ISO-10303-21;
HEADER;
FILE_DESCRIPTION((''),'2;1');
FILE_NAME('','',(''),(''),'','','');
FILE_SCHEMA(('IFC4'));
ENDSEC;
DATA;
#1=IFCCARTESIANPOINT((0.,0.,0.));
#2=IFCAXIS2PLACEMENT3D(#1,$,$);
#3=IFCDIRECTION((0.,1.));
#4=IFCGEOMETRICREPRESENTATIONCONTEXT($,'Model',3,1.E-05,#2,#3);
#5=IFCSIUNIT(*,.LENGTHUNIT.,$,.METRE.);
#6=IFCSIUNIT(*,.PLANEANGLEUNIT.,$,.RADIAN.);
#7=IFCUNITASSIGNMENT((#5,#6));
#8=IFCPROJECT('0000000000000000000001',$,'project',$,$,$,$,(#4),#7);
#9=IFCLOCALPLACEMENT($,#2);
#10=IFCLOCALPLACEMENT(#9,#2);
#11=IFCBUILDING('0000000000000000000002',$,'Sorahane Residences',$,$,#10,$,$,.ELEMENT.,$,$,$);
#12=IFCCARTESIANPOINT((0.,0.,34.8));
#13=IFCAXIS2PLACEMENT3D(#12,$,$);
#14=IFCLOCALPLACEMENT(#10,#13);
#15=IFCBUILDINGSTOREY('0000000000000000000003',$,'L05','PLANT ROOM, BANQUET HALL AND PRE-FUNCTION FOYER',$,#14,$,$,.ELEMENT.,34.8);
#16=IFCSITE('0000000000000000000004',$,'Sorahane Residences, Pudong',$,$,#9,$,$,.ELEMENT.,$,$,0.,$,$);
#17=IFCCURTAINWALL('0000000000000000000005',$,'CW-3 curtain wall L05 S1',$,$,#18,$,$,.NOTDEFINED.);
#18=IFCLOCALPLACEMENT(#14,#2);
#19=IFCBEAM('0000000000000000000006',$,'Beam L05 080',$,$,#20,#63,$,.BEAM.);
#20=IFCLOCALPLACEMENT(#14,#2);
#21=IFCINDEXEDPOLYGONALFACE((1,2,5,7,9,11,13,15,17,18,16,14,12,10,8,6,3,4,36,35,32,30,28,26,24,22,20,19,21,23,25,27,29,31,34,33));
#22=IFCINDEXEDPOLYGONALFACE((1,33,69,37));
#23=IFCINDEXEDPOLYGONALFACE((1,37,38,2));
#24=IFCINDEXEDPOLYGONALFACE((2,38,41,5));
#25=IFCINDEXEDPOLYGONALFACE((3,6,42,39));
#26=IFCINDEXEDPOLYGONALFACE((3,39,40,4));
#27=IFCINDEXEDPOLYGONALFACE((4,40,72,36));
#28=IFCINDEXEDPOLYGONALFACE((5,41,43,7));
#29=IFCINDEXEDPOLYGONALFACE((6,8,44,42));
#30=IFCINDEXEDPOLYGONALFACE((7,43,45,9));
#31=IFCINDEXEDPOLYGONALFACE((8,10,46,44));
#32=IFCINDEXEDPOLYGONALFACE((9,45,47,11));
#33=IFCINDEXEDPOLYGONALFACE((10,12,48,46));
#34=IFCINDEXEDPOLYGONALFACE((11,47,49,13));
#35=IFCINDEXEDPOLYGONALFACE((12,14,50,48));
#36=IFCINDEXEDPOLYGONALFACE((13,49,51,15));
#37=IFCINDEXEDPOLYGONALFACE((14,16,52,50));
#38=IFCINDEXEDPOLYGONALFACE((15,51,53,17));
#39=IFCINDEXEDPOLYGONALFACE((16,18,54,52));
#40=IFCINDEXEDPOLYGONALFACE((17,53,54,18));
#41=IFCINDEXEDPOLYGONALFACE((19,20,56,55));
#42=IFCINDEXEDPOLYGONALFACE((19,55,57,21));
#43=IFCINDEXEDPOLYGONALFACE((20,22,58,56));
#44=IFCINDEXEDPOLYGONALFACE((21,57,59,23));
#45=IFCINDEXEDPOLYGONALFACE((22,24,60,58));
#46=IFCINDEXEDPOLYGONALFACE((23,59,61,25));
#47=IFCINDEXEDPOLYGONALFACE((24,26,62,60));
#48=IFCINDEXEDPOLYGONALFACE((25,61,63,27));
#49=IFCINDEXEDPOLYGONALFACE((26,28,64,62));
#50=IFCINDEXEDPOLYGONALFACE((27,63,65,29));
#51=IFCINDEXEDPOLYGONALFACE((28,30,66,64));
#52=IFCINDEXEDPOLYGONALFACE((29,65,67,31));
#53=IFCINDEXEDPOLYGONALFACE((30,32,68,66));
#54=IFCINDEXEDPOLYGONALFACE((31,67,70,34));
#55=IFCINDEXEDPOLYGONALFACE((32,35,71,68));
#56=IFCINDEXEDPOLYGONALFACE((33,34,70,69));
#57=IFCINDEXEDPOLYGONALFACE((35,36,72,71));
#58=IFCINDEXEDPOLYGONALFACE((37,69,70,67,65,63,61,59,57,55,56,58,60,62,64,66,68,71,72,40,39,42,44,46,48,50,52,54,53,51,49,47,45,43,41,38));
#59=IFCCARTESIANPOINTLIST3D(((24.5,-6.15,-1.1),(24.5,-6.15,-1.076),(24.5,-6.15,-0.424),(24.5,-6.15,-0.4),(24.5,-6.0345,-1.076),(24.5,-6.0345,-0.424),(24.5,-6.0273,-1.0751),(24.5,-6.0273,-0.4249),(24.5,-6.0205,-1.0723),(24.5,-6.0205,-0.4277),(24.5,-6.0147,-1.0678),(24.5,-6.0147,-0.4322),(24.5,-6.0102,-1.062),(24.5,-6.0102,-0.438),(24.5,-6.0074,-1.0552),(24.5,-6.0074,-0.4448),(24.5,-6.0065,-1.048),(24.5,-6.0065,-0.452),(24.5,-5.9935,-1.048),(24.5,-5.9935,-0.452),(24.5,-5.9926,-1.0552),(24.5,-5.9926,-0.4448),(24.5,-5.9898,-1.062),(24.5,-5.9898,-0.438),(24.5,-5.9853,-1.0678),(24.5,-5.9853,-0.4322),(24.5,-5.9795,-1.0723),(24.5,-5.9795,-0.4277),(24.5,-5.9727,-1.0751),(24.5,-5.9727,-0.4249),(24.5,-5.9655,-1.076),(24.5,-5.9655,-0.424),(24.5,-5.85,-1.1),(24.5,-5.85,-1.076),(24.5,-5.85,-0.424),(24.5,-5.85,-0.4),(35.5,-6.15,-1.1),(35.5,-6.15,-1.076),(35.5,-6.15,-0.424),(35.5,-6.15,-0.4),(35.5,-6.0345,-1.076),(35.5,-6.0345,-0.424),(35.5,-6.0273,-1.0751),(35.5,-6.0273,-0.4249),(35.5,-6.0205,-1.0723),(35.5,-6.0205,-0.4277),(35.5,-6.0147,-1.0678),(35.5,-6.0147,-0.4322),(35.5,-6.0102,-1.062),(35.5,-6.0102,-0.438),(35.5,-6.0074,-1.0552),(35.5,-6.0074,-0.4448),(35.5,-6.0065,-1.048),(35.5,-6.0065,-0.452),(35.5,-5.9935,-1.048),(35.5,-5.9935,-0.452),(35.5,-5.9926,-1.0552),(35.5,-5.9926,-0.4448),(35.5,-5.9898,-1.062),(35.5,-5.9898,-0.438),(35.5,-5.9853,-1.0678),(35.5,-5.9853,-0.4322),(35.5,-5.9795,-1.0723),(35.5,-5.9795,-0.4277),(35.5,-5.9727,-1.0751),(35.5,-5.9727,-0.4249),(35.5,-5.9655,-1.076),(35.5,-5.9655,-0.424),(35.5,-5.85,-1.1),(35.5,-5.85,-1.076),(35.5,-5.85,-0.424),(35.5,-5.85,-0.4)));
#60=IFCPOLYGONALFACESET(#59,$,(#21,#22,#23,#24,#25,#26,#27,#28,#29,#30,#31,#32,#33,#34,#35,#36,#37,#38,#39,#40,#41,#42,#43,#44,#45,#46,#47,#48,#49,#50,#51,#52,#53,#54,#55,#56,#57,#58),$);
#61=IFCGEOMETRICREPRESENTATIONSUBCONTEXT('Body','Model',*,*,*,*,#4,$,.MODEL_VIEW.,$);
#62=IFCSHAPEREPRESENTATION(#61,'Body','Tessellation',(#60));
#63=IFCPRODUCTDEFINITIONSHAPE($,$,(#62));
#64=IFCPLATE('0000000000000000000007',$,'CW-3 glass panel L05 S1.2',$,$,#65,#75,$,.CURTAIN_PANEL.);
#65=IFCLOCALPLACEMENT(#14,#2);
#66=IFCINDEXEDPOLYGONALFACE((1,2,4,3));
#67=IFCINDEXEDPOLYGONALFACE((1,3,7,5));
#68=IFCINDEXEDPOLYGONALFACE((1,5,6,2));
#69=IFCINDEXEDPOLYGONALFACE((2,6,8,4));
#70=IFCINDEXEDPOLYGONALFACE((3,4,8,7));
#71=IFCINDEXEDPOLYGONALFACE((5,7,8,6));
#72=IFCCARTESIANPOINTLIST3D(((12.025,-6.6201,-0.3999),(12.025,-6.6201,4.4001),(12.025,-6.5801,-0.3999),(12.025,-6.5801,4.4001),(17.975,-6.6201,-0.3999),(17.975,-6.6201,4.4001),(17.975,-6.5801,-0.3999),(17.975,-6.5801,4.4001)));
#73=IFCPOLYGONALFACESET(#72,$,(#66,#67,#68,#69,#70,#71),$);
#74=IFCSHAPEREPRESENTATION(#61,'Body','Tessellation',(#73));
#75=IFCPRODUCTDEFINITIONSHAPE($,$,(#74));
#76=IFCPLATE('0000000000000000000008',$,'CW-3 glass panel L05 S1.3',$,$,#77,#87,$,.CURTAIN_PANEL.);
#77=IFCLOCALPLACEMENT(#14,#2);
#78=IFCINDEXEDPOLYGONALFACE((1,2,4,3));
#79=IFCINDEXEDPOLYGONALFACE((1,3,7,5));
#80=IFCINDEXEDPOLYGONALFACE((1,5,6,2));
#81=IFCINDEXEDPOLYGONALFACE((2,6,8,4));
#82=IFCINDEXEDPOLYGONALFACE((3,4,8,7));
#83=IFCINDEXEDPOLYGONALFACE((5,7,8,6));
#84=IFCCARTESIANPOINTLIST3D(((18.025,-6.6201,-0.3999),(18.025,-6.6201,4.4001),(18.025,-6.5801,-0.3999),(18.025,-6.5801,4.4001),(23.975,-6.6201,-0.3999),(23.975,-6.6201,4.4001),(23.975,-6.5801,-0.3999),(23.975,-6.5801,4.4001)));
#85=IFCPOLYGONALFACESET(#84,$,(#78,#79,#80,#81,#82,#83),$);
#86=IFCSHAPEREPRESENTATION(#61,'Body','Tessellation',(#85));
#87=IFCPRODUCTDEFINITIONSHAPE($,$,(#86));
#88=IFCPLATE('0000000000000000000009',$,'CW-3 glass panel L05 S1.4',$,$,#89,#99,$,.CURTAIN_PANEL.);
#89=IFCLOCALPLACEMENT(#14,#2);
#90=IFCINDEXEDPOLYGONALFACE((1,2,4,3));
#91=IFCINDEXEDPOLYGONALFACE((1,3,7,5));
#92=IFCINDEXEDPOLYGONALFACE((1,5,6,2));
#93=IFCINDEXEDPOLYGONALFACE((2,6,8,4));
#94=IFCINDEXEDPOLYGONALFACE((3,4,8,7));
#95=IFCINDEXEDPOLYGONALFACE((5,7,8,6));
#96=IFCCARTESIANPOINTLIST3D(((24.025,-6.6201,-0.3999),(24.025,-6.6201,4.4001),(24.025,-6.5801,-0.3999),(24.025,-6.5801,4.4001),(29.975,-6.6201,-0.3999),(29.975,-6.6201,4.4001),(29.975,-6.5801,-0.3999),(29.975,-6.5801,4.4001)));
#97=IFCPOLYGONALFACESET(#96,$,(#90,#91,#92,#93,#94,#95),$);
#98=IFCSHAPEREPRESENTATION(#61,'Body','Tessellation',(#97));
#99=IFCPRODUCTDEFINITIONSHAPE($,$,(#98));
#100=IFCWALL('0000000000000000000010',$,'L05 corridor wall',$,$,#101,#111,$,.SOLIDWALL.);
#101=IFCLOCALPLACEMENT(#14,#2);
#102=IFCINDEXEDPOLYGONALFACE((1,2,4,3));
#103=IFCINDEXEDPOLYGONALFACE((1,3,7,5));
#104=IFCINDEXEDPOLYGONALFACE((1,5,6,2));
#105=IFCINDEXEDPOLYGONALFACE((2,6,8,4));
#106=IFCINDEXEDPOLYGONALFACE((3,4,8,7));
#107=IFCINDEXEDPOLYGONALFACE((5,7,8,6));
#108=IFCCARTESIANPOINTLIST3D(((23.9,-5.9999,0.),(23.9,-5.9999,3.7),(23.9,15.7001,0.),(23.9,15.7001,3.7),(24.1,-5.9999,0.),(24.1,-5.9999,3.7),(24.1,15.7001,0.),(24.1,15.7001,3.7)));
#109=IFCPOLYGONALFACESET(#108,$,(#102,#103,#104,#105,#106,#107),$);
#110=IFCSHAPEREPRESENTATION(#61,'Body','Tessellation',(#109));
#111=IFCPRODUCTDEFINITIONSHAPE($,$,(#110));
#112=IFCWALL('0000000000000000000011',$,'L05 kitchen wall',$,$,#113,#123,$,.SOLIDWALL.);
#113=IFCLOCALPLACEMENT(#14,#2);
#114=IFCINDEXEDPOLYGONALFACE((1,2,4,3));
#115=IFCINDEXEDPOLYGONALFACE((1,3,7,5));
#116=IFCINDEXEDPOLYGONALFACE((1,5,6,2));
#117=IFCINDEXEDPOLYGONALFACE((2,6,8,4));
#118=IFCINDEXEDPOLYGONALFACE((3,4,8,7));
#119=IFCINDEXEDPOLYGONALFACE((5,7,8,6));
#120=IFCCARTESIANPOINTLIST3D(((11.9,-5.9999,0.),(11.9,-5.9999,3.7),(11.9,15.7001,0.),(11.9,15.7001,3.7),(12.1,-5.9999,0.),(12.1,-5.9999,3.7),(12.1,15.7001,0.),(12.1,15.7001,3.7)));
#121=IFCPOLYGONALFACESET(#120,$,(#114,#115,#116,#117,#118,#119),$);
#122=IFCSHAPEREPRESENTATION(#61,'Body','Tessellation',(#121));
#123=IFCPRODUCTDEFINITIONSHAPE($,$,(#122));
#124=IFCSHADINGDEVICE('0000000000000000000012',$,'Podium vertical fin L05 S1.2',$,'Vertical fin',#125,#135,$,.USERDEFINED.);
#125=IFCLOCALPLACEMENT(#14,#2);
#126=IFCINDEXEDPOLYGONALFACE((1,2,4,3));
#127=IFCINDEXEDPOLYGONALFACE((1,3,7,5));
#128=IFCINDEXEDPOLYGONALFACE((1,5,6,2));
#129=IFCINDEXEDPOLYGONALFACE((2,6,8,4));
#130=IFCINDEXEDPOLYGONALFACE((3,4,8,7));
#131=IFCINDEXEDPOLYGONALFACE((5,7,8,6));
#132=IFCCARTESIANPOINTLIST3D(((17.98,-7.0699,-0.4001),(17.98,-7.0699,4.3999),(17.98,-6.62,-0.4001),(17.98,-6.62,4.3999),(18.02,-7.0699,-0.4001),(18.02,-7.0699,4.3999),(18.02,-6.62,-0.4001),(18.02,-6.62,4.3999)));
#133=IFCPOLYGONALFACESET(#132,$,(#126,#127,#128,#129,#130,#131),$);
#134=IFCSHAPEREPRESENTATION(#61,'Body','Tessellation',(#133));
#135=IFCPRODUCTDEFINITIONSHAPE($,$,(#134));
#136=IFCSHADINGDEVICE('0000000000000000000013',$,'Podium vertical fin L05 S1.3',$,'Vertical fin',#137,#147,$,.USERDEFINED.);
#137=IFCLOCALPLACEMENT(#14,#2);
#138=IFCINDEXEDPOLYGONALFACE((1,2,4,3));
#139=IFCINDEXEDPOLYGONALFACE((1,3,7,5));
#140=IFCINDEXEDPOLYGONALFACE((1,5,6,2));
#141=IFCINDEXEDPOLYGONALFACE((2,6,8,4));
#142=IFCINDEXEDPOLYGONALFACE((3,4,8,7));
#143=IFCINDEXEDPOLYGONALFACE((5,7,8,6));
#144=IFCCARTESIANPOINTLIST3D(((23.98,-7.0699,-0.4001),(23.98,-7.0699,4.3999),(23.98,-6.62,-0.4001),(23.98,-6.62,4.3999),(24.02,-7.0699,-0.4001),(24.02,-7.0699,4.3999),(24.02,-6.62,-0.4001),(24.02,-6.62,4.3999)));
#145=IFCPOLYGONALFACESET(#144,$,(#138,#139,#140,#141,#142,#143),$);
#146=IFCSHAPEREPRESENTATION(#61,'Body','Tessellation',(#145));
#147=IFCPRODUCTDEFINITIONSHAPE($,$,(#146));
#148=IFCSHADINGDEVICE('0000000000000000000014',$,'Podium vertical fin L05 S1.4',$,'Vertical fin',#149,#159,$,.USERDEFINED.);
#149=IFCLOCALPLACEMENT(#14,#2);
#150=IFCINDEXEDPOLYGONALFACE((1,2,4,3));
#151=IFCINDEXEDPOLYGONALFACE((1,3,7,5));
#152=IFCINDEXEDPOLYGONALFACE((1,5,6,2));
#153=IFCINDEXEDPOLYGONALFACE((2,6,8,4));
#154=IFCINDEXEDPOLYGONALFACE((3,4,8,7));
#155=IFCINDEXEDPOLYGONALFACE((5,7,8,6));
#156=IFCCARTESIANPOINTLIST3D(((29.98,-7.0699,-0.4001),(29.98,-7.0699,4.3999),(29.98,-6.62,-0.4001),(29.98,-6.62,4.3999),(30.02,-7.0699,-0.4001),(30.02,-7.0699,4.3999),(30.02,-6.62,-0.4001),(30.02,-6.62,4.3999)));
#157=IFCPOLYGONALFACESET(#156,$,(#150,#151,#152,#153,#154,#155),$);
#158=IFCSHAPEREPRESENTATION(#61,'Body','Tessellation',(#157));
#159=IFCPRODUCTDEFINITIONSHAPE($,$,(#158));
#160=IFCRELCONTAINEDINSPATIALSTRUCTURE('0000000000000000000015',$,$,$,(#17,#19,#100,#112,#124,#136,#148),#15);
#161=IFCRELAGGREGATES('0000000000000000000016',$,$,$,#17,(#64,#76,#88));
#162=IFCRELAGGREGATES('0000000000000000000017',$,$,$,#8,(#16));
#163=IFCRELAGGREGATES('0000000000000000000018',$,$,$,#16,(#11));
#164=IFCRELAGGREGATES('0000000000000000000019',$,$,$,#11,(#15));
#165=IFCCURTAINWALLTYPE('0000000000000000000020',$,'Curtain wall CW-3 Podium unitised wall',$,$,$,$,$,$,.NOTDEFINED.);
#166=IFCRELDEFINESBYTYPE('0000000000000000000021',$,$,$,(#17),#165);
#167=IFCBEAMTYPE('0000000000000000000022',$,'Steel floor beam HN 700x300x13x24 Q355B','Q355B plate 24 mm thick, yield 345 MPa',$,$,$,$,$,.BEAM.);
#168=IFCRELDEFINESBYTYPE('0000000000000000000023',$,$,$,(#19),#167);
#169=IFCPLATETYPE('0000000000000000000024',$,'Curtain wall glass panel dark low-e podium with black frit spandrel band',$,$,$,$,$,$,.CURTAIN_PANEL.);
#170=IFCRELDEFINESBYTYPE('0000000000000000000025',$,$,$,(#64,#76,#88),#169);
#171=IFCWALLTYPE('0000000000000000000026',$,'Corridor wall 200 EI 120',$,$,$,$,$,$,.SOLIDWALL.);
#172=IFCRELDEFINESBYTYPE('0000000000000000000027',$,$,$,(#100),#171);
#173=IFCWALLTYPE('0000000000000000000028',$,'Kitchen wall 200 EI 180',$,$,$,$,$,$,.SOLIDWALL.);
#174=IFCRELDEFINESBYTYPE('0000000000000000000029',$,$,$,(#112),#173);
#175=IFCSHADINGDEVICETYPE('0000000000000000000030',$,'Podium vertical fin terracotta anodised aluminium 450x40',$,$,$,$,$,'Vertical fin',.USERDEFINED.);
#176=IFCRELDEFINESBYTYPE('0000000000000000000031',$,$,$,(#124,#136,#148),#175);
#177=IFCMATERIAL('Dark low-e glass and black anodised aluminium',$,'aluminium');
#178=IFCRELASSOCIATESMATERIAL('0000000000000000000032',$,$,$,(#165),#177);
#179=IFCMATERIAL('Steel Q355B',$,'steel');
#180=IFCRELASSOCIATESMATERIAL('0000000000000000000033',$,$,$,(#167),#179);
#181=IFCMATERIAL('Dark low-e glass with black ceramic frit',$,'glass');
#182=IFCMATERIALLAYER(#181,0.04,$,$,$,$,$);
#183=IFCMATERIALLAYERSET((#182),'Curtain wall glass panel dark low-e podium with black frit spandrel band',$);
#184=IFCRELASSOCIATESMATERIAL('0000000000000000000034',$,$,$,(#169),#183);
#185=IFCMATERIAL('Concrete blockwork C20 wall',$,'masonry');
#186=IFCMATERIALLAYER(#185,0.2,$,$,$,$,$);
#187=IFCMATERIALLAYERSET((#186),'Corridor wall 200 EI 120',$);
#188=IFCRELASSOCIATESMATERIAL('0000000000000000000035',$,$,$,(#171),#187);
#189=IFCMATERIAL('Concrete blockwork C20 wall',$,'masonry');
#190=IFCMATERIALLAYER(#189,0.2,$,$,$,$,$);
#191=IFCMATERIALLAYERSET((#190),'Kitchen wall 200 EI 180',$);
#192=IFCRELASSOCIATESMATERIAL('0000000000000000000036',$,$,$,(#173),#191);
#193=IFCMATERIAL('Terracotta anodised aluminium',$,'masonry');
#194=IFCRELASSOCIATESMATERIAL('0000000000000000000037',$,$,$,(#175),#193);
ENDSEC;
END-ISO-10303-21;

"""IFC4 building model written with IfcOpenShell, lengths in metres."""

from ifc_helpers import new_model, si_unit, direction, frame, frame_2d, origin, origin_2d, place, context, subcontext, project, spatial, rectangle, i_section, extrude, material, layer, layer_set, material_profile, profile_set, type_object, element, aggregate, save


model = new_model("IFC4")

# Units and contexts
model_context = context("Model", 3, precision=1e-05, world=origin(), true_north=direction((0.0, 1.0)))
body_context = subcontext(model_context, "Body", "Model", "MODEL_VIEW")
ifc_project = project(units=[si_unit("LENGTHUNIT", "METRE"), si_unit("PLANEANGLEUNIT", "RADIAN")], contexts=[model_context])

# Site, building, storey
site_placement = place(None, origin())
site = spatial("IfcSite", under=ifc_project, at=site_placement, Name="Sorahane Residences, Pudong", CompositionType="ELEMENT", RefElevation=0.0)
building_placement = place(site_placement, origin())
building = spatial("IfcBuilding", under=site, at=building_placement, Name="Sorahane Residences", CompositionType="ELEMENT")
storey_placement = place(building_placement, frame((0.0, 0.0, 34.8)))
storey = spatial("IfcBuildingStorey", under=building, at=storey_placement, Name="L05", Description="PLANT ROOM, BANQUET HALL AND PRE-FUNCTION FOYER", CompositionType="ELEMENT", Elevation=34.8)

# Curtain wall
ifc_material_1 = material(Name="Dark low-e glass and black anodised aluminium", Category="aluminium")
curtain_wall_type = type_object("IfcCurtainWallType", Name="Curtain wall CW-3 Podium unitised wall", PredefinedType="NOTDEFINED", material=ifc_material_1)
curtain_wall_placement = place(storey_placement, origin())
curtain_wall = element("IfcCurtainWall", 1, at=curtain_wall_placement, inside=storey, type_object=curtain_wall_type, Name="CW-3 curtain wall L05 S1", PredefinedType="NOTDEFINED")

# Beam
ifc_material_2 = material(Name="Steel Q355B", Category="steel")
ifc_material_profile_1 = material_profile(ifc_material_2, i_section(OverallWidth=0.3, OverallDepth=0.7, WebThickness=0.0129, FlangeThickness=0.0239, FilletRadius=0.0281, at=origin_2d()), Name="HN 700x300x13x24")
ifc_profile_set_1 = profile_set([ifc_material_profile_1], Name="Steel Q355B")
beam_type_1 = type_object("IfcBeamType", Name="Steel floor beam HN 700x300x13x24 Q355B", Description="Q355B plate 24 mm thick, yield 345 MPa", PredefinedType="BEAM", material=ifc_profile_set_1)
for number, where, z_axis, x_axis, name in (
    (2, (24.5, -6.0, -0.75), (1.0, 0.0, 0.0), (0.0, 1.0, 0.0), "Beam L05 080"),
):
    element("IfcBeam", number, at=place(storey_placement, frame(where, z_axis=z_axis, x_axis=x_axis)), inside=storey, type_object=beam_type_1, Name=name, PredefinedType="BEAM", context=body_context, shape_type="SweptSolid", body=[
        extrude(i_section(OverallWidth=0.3, OverallDepth=0.7, WebThickness=0.0129, FlangeThickness=0.0239, FilletRadius=0.0281, at=origin_2d()), origin(), (0.0, 0.0, 1.0), 11.0),
    ])

# Plates
ifc_material_3 = material(Name="Dark low-e glass with black ceramic frit", Category="glass")
ifc_layer_1 = layer(ifc_material_3, 0.04)
ifc_layer_set_1 = layer_set([ifc_layer_1], Name="Curtain wall glass panel dark low-e podium with black frit spandrel band")
plate_type = type_object("IfcPlateType", Name="Curtain wall glass panel dark low-e podium with black frit spandrel band", PredefinedType="CURTAIN_PANEL", material=ifc_layer_set_1)
plate_1_placement = place(storey_placement, frame((15.0, -6.6001, -0.3999), z_axis=(0.0, 0.0, 1.0), x_axis=(1.0, 0.0, 0.0)))
plate_1 = element("IfcPlate", 3, at=plate_1_placement, type_object=plate_type, Name="CW-3 glass panel L05 S1.2", PredefinedType="CURTAIN_PANEL", context=body_context, shape_type="SweptSolid", body=[
    extrude(rectangle(XDim=5.95, YDim=0.04, at=origin_2d()), origin(), (0.0, 0.0, 1.0), 4.8),
])
plate_2_placement = place(storey_placement, frame((21.0, -6.6001, -0.3999), z_axis=(0.0, 0.0, 1.0), x_axis=(1.0, 0.0, 0.0)))
plate_2 = element("IfcPlate", 4, at=plate_2_placement, type_object=plate_type, Name="CW-3 glass panel L05 S1.3", PredefinedType="CURTAIN_PANEL", context=body_context, shape_type="SweptSolid", body=[
    extrude(rectangle(XDim=5.95, YDim=0.04, at=origin_2d()), origin(), (0.0, 0.0, 1.0), 4.8),
])
plate_3_placement = place(storey_placement, frame((27.0, -6.6001, -0.3999), z_axis=(0.0, 0.0, 1.0), x_axis=(1.0, 0.0, 0.0)))
plate_3 = element("IfcPlate", 5, at=plate_3_placement, type_object=plate_type, Name="CW-3 glass panel L05 S1.4", PredefinedType="CURTAIN_PANEL", context=body_context, shape_type="SweptSolid", body=[
    extrude(rectangle(XDim=5.95, YDim=0.04, at=origin_2d()), origin(), (0.0, 0.0, 1.0), 4.8),
])
aggregate(curtain_wall, [plate_1, plate_2, plate_3])

# Walls
ifc_material_4 = material(Name="Concrete blockwork C20 wall", Category="masonry")
ifc_layer_2 = layer(ifc_material_4, 0.2)
ifc_layer_set_2 = layer_set([ifc_layer_2], Name="Corridor wall 200 EI 120")
wall_type_1 = type_object("IfcWallType", Name="Corridor wall 200 EI 120", PredefinedType="SOLIDWALL", material=ifc_layer_set_2)
wall_1_placement = place(storey_placement, frame((24.0, -6.0, 0.0), z_axis=(0.0, 0.0, 1.0), x_axis=(0.0, 1.0, 0.0)))
element("IfcWall", 6, at=wall_1_placement, inside=storey, type_object=wall_type_1, Name="L05 corridor wall", PredefinedType="SOLIDWALL", context=body_context, shape_type="SweptSolid", body=[
    extrude(rectangle(XDim=21.7, YDim=0.2, at=frame_2d((10.8501, 0.0))), origin(), (0.0, 0.0, 1.0), 3.7),
])
ifc_material_5 = material(Name="Concrete blockwork C20 wall", Category="masonry")
ifc_layer_3 = layer(ifc_material_5, 0.2)
ifc_layer_set_3 = layer_set([ifc_layer_3], Name="Kitchen wall 200 EI 180")
wall_type_2 = type_object("IfcWallType", Name="Kitchen wall 200 EI 180", PredefinedType="SOLIDWALL", material=ifc_layer_set_3)
wall_2_placement = place(storey_placement, frame((12.0, -6.0, 0.0), z_axis=(0.0, 0.0, 1.0), x_axis=(0.0, 1.0, 0.0)))
element("IfcWall", 7, at=wall_2_placement, inside=storey, type_object=wall_type_2, Name="L05 kitchen wall", PredefinedType="SOLIDWALL", context=body_context, shape_type="SweptSolid", body=[
    extrude(rectangle(XDim=21.7, YDim=0.2, at=frame_2d((10.8501, 0.0))), origin(), (0.0, 0.0, 1.0), 3.7),
])

# Shading devices
ifc_material_6 = material(Name="Terracotta anodised aluminium", Category="masonry")
ifc_material_profile_2 = material_profile(ifc_material_6, rectangle(XDim=0.45, YDim=0.04, at=origin_2d()), Name="Podium vertical fin terracotta anodised aluminium 450x40")
ifc_profile_set_2 = profile_set([ifc_material_profile_2], Name="Terracotta anodised aluminium")
shading_device_type = type_object("IfcShadingDeviceType", Name="Podium vertical fin terracotta anodised aluminium 450x40", ElementType="Vertical fin", PredefinedType="USERDEFINED", material=ifc_profile_set_2)
for number, where, z_axis, x_axis, name in (
    (8, (18.0, -6.845, -0.4001), (0.0, 0.0, 1.0), (0.0, -1.0, 0.0), "Podium vertical fin L05 S1.2"),
    (9, (24.0, -6.845, -0.4001), (0.0, 0.0, 1.0), (0.0, -1.0, 0.0), "Podium vertical fin L05 S1.3"),
    (10, (30.0, -6.845, -0.4001), (0.0, 0.0, 1.0), (0.0, -1.0, 0.0), "Podium vertical fin L05 S1.4"),
):
    element("IfcShadingDevice", number, at=place(storey_placement, frame(where, z_axis=z_axis, x_axis=x_axis)), inside=storey, type_object=shading_device_type, Name=name, ObjectType="Vertical fin", PredefinedType="USERDEFINED", context=body_context, shape_type="SweptSolid", body=[
        extrude(rectangle(XDim=0.45, YDim=0.04, at=origin_2d()), origin(), (0.0, 0.0, 1.0), 4.8),
    ])

save(model, "model.ifc")
